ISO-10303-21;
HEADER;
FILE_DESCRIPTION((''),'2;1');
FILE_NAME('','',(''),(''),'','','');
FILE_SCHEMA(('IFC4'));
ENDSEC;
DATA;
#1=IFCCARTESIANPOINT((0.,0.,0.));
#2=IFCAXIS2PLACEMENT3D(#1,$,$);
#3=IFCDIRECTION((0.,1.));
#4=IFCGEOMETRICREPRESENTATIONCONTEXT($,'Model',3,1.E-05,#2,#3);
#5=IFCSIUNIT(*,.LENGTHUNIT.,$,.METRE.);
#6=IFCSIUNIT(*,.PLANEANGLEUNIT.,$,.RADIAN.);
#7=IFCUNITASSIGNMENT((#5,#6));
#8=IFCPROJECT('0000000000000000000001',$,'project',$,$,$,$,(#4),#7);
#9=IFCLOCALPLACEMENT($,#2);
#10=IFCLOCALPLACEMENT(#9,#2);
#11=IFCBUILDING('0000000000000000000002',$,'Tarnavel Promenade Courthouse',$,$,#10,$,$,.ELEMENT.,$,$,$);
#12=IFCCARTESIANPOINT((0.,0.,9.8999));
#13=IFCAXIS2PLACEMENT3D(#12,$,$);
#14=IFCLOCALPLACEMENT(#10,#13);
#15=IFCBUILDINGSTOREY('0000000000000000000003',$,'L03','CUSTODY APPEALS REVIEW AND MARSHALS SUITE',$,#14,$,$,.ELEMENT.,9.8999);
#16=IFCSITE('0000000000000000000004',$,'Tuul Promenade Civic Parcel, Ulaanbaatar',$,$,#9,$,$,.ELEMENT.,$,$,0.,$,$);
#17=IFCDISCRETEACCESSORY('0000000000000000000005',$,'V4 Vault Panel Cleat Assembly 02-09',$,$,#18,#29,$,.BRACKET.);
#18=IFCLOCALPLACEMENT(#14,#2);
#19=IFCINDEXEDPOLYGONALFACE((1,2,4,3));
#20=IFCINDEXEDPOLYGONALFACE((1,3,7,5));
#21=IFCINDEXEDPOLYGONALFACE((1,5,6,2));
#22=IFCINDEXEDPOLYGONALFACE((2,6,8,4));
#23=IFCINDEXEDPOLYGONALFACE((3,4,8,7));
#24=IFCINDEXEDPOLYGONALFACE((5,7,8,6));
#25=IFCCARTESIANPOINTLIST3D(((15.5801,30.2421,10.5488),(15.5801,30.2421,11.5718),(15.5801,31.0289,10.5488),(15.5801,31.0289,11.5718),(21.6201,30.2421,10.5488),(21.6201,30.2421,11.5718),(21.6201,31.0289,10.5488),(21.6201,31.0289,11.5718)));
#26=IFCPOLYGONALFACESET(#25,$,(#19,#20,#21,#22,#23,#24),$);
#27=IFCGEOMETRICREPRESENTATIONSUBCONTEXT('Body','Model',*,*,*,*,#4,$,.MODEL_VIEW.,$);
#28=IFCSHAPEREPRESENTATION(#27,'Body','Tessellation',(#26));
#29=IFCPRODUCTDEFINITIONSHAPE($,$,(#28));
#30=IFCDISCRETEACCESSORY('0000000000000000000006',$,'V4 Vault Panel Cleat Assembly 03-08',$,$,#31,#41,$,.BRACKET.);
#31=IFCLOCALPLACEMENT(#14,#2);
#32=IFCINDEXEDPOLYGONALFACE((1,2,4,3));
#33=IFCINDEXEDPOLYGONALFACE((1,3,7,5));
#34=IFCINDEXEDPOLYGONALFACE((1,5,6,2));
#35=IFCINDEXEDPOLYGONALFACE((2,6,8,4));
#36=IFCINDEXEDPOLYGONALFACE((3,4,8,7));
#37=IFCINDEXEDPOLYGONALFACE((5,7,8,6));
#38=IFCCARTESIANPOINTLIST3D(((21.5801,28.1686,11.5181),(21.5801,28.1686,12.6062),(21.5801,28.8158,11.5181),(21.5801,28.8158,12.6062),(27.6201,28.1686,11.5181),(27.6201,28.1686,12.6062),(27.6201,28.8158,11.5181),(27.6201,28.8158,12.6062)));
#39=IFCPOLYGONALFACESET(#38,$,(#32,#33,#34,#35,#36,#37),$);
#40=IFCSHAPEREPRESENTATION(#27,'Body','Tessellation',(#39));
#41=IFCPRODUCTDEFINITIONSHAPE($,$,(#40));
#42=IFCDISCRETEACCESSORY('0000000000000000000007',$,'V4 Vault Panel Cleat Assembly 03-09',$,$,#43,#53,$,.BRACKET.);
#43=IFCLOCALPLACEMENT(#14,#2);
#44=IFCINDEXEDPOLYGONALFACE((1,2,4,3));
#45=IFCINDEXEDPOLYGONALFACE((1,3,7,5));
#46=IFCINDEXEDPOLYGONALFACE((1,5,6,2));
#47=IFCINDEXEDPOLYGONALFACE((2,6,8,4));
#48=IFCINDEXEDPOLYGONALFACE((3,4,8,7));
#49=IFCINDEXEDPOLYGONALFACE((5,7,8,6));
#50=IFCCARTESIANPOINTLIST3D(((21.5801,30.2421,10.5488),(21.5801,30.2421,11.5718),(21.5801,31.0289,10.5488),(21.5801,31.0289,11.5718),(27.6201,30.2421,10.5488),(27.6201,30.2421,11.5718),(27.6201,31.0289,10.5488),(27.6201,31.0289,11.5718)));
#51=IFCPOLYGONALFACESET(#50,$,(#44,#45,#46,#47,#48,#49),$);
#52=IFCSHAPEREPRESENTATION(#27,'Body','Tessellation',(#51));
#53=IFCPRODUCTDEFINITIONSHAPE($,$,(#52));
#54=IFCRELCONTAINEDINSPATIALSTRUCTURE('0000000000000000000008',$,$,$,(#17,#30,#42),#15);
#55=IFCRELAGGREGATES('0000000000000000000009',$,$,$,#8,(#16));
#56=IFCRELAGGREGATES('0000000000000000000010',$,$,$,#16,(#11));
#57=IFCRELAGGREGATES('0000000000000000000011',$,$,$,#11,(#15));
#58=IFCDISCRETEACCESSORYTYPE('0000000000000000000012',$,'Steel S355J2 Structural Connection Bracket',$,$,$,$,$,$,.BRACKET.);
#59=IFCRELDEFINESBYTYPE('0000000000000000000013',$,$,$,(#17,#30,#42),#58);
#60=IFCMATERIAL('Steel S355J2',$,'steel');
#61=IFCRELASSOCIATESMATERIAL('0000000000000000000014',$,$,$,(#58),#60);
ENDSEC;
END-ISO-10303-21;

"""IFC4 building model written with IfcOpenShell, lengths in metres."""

from ifc_helpers import new_model, si_unit, direction, frame, origin, origin_2d, place, context, subcontext, project, spatial, rectangle, extrude, material, type_object, element, save


model = new_model("IFC4")

# Units and contexts
model_context = context("Model", 3, precision=1e-05, world=origin(), true_north=direction((0.0, 1.0)))
body_context = subcontext(model_context, "Body", "Model", "MODEL_VIEW")
ifc_project = project(units=[si_unit("LENGTHUNIT", "METRE"), si_unit("PLANEANGLEUNIT", "RADIAN")], contexts=[model_context])

# Site, building, storey
site_placement = place(None, origin())
site = spatial("IfcSite", under=ifc_project, at=site_placement, Name="Tuul Promenade Civic Parcel, Ulaanbaatar", CompositionType="ELEMENT", RefElevation=0.0)
building_placement = place(site_placement, origin())
building = spatial("IfcBuilding", under=site, at=building_placement, Name="Tarnavel Promenade Courthouse", CompositionType="ELEMENT")
storey_placement = place(building_placement, frame((0.0, 0.0, 9.8999)))
storey = spatial("IfcBuildingStorey", under=building, at=storey_placement, Name="L03", Description="CUSTODY APPEALS REVIEW AND MARSHALS SUITE", CompositionType="ELEMENT", Elevation=9.8999)

# Shared definitions
ifc_material_1 = material(Name="Steel S355J2", Category="steel")

# Discrete accessories
discrete_accessory_type = type_object("IfcDiscreteAccessoryType", Name="Steel S355J2 Structural Connection Bracket", PredefinedType="BRACKET", material=ifc_material_1)
discrete_accessory_1_placement = place(storey_placement, frame((18.6001, 30.6355, 10.5488), z_axis=(0.0, 0.0, 1.0), x_axis=(1.0, 0.0, 0.0)))
element("IfcDiscreteAccessory", 1, at=discrete_accessory_1_placement, inside=storey, type_object=discrete_accessory_type, Name="V4 Vault Panel Cleat Assembly 02-09", PredefinedType="BRACKET", context=body_context, shape_type="SweptSolid", body=[
    extrude(rectangle(XDim=6.04, YDim=0.7869, at=origin_2d()), origin(), (0.0, 0.0, 1.0), 1.0229),
])
discrete_accessory_2_placement = place(storey_placement, frame((24.6001, 28.4922, 11.5181), z_axis=(0.0, 0.0, 1.0), x_axis=(1.0, 0.0, 0.0)))
element("IfcDiscreteAccessory", 2, at=discrete_accessory_2_placement, inside=storey, type_object=discrete_accessory_type, Name="V4 Vault Panel Cleat Assembly 03-08", PredefinedType="BRACKET", context=body_context, shape_type="SweptSolid", body=[
    extrude(rectangle(XDim=6.04, YDim=0.6472, at=origin_2d()), origin(), (0.0, 0.0, 1.0), 1.0881),
])
discrete_accessory_3_placement = place(storey_placement, frame((24.6001, 30.6355, 10.5488), z_axis=(0.0, 0.0, 1.0), x_axis=(1.0, 0.0, 0.0)))
element("IfcDiscreteAccessory", 3, at=discrete_accessory_3_placement, inside=storey, type_object=discrete_accessory_type, Name="V4 Vault Panel Cleat Assembly 03-09", PredefinedType="BRACKET", context=body_context, shape_type="SweptSolid", body=[
    extrude(rectangle(XDim=6.04, YDim=0.7869, at=origin_2d()), origin(), (0.0, 0.0, 1.0), 1.0229),
])

save(model, "model.ifc")
